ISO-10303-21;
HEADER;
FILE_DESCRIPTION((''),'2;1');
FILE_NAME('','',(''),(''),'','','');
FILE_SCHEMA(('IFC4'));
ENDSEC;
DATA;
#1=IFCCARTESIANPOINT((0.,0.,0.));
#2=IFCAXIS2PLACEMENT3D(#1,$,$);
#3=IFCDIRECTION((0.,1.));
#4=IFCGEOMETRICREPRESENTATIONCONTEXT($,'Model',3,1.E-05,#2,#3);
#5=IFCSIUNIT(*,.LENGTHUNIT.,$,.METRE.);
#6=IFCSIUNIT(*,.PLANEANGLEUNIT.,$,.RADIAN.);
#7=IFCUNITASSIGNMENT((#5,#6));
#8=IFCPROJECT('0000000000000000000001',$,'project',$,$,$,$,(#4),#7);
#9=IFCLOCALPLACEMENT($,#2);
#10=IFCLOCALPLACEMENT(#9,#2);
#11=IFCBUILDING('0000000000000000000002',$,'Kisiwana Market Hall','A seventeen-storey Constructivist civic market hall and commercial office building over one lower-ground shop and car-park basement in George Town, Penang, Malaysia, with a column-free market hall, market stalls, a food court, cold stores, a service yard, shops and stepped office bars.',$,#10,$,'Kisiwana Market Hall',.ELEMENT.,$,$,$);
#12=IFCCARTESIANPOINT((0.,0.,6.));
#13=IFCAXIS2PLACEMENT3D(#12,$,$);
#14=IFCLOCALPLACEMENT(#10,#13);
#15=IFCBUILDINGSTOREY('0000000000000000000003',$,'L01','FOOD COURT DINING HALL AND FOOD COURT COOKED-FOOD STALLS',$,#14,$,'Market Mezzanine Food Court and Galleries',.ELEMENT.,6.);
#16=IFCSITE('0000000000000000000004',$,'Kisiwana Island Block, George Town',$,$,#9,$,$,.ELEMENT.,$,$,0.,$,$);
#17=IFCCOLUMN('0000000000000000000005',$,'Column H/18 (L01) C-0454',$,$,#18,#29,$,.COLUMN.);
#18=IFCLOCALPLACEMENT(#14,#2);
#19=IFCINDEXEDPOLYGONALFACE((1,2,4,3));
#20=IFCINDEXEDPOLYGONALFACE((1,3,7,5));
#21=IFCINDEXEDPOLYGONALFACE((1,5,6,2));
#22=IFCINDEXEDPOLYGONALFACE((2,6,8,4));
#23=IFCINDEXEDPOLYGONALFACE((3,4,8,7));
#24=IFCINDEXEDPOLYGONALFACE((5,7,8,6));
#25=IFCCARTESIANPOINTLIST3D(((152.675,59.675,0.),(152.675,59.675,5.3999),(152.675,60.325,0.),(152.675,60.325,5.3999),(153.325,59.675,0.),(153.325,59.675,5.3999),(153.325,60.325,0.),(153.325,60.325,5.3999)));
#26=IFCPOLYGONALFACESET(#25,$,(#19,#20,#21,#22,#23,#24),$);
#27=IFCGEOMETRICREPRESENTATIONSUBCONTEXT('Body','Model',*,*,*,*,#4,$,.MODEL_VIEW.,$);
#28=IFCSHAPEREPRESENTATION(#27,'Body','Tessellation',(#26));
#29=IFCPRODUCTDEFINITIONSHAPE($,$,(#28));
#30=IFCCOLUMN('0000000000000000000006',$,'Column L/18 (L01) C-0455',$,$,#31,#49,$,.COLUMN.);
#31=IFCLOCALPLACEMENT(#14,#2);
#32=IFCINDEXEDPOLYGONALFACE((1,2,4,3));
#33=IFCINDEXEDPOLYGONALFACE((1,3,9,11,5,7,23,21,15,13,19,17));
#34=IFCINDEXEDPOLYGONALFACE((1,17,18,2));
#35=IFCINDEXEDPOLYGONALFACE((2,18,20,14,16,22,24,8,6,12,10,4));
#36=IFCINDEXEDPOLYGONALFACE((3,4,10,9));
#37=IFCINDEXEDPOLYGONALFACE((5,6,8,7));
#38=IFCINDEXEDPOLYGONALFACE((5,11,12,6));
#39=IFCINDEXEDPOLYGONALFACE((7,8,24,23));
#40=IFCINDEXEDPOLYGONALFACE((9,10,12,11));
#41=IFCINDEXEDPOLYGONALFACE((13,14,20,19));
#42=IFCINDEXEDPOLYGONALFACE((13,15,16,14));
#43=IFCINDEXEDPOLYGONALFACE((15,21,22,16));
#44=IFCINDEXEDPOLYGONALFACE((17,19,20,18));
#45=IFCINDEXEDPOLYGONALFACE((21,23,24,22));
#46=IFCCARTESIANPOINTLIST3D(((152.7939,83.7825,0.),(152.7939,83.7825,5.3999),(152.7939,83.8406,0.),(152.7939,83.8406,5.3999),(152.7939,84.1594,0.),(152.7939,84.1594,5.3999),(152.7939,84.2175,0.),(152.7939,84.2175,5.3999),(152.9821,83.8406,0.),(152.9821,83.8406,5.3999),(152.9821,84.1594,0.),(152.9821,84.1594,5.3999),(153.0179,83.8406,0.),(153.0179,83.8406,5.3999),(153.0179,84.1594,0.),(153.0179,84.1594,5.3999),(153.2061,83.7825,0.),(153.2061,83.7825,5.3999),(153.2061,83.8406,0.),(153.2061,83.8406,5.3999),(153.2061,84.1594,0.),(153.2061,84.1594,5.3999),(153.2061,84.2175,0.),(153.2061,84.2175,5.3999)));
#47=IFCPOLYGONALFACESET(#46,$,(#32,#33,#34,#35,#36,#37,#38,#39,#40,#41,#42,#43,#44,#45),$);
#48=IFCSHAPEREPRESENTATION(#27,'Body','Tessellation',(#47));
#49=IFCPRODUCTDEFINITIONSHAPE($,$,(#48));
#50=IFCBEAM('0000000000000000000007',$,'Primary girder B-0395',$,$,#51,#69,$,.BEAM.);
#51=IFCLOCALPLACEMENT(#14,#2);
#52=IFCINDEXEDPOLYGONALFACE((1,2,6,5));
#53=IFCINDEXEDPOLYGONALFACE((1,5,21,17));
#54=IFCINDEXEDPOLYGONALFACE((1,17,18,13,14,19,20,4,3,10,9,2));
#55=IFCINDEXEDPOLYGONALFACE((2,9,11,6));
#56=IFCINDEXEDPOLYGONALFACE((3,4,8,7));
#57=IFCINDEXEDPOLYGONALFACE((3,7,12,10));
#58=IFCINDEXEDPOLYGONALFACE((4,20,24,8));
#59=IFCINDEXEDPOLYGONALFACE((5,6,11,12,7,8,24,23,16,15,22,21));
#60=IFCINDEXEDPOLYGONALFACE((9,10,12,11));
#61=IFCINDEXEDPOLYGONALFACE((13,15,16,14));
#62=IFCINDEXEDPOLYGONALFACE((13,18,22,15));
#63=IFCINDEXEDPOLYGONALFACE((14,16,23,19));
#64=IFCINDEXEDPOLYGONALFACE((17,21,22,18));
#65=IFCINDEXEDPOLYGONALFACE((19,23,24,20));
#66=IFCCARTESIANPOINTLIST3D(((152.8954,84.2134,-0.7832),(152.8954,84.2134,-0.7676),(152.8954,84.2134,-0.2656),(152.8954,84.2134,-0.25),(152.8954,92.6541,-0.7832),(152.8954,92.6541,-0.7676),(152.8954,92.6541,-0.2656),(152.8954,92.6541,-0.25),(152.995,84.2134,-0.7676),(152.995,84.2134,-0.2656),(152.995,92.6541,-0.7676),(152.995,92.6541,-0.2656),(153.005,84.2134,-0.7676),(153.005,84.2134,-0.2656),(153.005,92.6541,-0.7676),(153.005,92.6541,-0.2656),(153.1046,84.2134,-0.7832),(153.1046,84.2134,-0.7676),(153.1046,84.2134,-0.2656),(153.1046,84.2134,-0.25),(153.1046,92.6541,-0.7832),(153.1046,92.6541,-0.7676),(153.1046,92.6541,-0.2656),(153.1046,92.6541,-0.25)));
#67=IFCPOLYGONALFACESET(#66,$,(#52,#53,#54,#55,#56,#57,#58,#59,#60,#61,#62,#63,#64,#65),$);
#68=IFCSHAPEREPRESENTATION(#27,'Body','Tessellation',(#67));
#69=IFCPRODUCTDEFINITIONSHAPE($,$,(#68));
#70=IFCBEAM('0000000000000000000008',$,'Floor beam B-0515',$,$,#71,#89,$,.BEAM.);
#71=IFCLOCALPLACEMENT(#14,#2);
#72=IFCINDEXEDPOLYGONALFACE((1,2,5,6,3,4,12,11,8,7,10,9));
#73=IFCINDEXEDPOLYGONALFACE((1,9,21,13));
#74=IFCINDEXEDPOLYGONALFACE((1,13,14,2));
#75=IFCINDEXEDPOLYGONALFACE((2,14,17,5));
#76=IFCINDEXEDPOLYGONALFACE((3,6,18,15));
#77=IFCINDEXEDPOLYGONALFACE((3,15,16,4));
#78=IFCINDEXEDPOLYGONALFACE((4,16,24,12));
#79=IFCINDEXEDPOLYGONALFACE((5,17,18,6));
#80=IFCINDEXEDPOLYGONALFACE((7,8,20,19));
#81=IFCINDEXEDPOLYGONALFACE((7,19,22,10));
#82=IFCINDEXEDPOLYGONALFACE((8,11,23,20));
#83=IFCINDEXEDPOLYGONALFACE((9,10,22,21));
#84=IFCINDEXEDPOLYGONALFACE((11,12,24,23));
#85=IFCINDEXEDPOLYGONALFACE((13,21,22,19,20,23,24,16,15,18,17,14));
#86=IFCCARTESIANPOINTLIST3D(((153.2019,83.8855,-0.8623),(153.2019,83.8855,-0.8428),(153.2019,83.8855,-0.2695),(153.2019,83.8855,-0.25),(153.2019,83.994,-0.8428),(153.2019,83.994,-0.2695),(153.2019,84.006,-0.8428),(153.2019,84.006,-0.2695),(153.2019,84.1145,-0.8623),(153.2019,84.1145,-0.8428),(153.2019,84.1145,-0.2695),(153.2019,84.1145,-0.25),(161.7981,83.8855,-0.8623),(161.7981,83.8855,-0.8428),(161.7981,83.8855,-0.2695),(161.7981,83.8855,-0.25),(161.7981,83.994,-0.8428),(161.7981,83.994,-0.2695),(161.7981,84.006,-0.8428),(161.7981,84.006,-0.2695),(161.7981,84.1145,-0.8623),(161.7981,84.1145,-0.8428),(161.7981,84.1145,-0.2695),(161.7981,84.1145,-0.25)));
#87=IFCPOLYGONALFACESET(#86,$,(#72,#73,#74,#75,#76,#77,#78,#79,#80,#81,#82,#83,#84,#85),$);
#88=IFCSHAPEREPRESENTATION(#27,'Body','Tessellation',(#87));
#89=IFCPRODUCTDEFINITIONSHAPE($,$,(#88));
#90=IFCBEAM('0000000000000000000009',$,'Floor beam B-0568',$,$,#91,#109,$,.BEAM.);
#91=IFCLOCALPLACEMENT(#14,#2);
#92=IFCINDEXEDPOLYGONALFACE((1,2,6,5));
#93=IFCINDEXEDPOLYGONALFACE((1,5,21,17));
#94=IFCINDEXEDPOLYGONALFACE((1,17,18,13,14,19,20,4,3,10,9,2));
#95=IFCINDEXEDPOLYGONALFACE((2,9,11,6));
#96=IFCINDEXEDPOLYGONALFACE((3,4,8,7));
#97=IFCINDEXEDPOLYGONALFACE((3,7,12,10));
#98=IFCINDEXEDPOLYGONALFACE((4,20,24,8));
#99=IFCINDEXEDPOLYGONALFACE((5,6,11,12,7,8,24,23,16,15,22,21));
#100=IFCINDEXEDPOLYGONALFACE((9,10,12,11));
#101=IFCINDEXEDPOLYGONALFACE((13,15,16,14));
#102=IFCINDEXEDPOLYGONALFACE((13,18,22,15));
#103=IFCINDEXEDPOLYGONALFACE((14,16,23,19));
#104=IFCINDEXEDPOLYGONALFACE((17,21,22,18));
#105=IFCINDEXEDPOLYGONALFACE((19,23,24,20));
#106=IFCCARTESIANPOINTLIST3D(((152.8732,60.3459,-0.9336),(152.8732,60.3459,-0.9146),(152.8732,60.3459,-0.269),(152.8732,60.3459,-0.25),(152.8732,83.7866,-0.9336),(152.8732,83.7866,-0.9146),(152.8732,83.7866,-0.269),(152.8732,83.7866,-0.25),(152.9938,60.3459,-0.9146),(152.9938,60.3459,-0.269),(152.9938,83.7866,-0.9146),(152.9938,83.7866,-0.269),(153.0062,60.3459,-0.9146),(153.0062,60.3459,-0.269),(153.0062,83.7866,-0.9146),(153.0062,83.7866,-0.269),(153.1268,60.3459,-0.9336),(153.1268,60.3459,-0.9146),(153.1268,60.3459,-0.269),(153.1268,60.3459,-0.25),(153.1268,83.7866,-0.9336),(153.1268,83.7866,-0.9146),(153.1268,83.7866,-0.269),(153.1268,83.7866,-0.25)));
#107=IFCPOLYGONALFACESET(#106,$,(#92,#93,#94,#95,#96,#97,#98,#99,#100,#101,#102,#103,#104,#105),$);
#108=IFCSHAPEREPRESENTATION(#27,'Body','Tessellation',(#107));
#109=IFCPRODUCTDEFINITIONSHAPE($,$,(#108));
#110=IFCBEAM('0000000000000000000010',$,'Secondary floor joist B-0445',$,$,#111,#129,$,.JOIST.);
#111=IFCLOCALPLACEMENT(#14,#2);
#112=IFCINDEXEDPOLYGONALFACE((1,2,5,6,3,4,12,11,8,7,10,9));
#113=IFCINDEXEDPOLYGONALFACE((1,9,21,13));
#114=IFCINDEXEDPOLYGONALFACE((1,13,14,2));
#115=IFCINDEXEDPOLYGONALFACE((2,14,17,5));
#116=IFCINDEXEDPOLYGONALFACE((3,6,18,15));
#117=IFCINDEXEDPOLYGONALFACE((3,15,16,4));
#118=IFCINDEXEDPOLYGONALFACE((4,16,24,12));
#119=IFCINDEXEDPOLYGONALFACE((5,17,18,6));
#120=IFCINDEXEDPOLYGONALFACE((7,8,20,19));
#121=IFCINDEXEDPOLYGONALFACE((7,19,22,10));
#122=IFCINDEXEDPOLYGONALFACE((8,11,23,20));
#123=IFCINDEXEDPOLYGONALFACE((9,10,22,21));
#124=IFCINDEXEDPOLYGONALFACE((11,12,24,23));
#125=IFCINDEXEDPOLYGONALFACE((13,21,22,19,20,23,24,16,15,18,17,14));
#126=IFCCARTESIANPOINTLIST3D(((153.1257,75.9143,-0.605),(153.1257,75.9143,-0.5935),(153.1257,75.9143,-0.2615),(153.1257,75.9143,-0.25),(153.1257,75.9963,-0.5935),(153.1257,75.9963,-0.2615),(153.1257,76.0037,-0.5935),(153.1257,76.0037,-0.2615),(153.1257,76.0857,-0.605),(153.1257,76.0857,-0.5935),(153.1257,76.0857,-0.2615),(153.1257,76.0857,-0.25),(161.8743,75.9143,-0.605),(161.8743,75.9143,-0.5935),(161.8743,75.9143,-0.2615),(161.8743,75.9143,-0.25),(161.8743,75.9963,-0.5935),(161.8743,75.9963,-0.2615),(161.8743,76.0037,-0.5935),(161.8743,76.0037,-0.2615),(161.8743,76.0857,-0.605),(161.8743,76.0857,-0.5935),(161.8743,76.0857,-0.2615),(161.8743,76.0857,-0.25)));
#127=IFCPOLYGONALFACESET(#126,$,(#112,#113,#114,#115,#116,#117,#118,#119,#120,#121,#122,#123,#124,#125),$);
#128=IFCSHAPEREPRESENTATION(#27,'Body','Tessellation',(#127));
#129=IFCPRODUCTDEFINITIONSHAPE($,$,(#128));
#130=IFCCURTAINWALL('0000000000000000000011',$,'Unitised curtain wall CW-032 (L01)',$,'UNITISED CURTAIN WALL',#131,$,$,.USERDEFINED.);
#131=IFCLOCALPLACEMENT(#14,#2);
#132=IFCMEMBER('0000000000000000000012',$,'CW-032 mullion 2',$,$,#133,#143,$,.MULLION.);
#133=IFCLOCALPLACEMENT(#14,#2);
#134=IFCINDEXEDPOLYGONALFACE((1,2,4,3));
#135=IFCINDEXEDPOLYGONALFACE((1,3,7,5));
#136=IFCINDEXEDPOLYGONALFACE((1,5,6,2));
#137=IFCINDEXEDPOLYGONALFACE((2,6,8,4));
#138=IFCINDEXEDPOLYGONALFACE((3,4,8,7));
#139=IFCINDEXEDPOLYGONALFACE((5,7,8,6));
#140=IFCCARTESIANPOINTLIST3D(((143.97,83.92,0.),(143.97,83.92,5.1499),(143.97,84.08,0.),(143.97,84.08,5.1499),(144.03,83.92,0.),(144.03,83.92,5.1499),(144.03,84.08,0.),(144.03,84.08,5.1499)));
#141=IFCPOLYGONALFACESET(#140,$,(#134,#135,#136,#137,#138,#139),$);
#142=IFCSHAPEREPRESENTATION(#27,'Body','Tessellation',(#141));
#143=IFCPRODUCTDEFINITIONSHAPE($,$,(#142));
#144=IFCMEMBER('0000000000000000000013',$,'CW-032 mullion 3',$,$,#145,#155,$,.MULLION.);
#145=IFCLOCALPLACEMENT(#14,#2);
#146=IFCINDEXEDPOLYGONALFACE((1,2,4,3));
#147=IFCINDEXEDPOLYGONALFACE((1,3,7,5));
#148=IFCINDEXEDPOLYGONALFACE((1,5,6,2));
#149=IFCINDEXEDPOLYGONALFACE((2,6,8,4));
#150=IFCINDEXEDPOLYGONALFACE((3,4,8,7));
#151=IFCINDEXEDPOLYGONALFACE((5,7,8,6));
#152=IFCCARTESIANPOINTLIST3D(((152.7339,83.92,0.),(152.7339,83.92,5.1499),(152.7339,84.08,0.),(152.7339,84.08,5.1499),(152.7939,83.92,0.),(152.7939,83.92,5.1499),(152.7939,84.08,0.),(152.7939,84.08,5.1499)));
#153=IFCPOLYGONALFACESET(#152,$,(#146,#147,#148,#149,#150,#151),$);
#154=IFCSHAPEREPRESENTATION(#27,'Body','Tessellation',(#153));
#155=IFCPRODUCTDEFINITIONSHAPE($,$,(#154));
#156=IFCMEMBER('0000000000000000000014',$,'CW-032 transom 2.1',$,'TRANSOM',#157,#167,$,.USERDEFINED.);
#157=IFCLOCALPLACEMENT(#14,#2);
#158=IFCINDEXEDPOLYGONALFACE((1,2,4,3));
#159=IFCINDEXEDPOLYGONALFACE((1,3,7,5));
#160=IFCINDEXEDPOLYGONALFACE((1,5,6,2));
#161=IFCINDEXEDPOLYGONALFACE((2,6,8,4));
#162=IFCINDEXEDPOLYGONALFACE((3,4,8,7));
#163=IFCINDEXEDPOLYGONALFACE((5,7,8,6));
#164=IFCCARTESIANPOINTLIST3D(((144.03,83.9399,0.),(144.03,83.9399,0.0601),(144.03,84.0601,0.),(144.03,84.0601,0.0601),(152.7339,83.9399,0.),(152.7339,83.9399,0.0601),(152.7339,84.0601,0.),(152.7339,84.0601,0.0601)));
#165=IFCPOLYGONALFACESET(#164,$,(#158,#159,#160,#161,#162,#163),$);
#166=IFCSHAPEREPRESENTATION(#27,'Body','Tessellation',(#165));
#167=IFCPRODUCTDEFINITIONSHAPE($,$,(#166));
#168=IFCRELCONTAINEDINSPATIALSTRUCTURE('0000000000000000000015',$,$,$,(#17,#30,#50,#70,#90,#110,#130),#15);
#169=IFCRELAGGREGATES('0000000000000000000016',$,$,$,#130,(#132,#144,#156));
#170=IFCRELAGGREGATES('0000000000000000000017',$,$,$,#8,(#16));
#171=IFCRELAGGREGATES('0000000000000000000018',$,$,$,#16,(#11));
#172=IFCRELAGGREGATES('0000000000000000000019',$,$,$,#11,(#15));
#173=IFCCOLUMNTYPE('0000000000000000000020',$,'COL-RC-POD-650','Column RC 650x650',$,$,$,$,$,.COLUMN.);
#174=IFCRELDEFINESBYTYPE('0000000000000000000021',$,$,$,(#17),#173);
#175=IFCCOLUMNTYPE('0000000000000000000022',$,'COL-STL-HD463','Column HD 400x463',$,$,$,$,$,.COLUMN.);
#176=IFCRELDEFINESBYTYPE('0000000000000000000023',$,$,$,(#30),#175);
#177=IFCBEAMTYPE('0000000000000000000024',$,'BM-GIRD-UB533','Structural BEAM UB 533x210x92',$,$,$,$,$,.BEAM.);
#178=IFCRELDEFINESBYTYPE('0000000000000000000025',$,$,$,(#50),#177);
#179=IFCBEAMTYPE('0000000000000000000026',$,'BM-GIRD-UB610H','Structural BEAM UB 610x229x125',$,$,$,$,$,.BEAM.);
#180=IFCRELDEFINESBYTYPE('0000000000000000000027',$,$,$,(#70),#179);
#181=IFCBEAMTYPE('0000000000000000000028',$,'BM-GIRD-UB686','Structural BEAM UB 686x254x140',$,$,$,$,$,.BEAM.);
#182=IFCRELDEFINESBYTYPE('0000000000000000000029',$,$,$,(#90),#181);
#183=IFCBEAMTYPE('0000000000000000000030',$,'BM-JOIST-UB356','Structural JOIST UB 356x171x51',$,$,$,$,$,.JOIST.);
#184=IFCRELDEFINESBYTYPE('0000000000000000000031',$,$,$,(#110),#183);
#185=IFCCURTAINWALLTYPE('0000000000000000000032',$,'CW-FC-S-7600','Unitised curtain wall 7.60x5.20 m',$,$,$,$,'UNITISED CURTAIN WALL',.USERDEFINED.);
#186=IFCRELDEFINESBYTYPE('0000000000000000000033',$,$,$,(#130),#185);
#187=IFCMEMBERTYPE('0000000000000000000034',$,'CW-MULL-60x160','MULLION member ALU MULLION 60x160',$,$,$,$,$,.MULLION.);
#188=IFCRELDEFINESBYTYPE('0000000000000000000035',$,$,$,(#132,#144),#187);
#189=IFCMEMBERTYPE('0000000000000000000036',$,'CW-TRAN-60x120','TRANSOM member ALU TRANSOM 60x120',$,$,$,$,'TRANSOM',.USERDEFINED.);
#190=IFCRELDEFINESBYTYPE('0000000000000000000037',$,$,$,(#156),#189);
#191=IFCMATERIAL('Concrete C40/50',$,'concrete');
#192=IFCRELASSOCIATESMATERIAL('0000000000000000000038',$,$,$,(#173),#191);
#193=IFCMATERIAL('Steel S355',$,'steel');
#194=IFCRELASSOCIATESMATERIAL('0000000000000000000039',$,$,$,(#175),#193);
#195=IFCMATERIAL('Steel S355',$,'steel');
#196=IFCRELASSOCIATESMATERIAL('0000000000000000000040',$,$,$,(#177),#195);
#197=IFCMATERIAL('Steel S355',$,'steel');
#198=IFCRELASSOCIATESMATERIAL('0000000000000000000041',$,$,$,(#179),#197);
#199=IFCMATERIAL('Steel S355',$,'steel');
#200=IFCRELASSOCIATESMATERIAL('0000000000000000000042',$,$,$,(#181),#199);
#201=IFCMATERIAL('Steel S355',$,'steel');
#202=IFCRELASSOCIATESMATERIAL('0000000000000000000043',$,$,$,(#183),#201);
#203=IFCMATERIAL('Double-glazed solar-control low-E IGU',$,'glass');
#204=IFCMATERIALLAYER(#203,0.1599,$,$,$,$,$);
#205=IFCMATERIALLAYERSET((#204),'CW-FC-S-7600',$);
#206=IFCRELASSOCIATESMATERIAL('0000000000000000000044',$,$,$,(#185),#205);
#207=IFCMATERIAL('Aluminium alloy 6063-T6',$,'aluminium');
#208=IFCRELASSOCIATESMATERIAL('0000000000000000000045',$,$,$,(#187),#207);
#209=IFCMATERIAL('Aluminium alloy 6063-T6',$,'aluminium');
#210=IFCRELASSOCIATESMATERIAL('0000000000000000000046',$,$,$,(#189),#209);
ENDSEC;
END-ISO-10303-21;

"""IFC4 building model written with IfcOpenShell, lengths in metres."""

from ifc_helpers import new_model, si_unit, direction, frame, origin, origin_2d, place, context, subcontext, project, spatial, rectangle, i_section, extrude, material, layer, layer_set, material_profile, profile_set, type_object, element, aggregate, save


model = new_model("IFC4")

# Units and contexts
model_context = context("Model", 3, precision=1e-05, world=origin(), true_north=direction((0.0, 1.0)))
body_context = subcontext(model_context, "Body", "Model", "MODEL_VIEW")
ifc_project = project(units=[si_unit("LENGTHUNIT", "METRE"), si_unit("PLANEANGLEUNIT", "RADIAN")], contexts=[model_context])

# Site, building, storey
site_placement = place(None, origin())
site = spatial("IfcSite", under=ifc_project, at=site_placement, Name="Kisiwana Island Block, George Town", CompositionType="ELEMENT", RefElevation=0.0)
building_placement = place(site_placement, origin())
building = spatial("IfcBuilding", under=site, at=building_placement, Name="Kisiwana Market Hall", Description="A seventeen-storey Constructivist civic market hall and commercial office building over one lower-ground shop and car-park basement in George Town, Penang, Malaysia, with a column-free market hall, market stalls, a food court, cold stores, a service yard, shops and stepped office bars.", LongName="Kisiwana Market Hall", CompositionType="ELEMENT")
storey_placement = place(building_placement, frame((0.0, 0.0, 6.0)))
storey = spatial("IfcBuildingStorey", under=building, at=storey_placement, Name="L01", Description="FOOD COURT DINING HALL AND FOOD COURT COOKED-FOOD STALLS", LongName="Market Mezzanine Food Court and Galleries", CompositionType="ELEMENT", Elevation=6.0)

# Columns
ifc_material_1 = material(Name="Concrete C40/50", Category="concrete")
ifc_material_profile_1 = material_profile(ifc_material_1, rectangle(XDim=0.6499, YDim=0.6499, at=origin_2d()), Name="RC 650x650")
ifc_profile_set_1 = profile_set([ifc_material_profile_1], Name="Concrete C40/50")
column_type_1 = type_object("IfcColumnType", Name="COL-RC-POD-650", Description="Column RC 650x650", PredefinedType="COLUMN", material=ifc_profile_set_1)
column_1_placement = place(storey_placement, frame((153.0, 60.0, 0.0), z_axis=(0.0, 0.0, 1.0), x_axis=(1.0, 0.0, 0.0)))
element("IfcColumn", 1, at=column_1_placement, inside=storey, type_object=column_type_1, Name="Column H/18 (L01) C-0454", PredefinedType="COLUMN", context=body_context, shape_type="SweptSolid", body=[
    extrude(rectangle(XDim=0.6499, YDim=0.6499, at=origin_2d()), origin(), (0.0, 0.0, 1.0), 5.3999),
])
ifc_material_2 = material(Name="Steel S355", Category="steel")
ifc_material_profile_2 = material_profile(ifc_material_2, i_section(OverallWidth=0.4121, OverallDepth=0.4351, WebThickness=0.0359, FlangeThickness=0.0581, at=origin_2d()), Name="HD 400x463")
ifc_profile_set_2 = profile_set([ifc_material_profile_2], Name="Steel S355")
column_type_2 = type_object("IfcColumnType", Name="COL-STL-HD463", Description="Column HD 400x463", PredefinedType="COLUMN", material=ifc_profile_set_2)
column_2_placement = place(storey_placement, frame((153.0, 84.0, 0.0), z_axis=(0.0, 0.0, 1.0), x_axis=(1.0, 0.0, 0.0)))
element("IfcColumn", 2, at=column_2_placement, inside=storey, type_object=column_type_2, Name="Column L/18 (L01) C-0455", PredefinedType="COLUMN", context=body_context, shape_type="SweptSolid", body=[
    extrude(i_section(OverallWidth=0.4121, OverallDepth=0.4351, WebThickness=0.0359, FlangeThickness=0.0581, at=origin_2d()), origin(), (0.0, 0.0, 1.0), 5.3999),
])

# Beams
ifc_material_3 = material(Name="Steel S355", Category="steel")
ifc_material_profile_3 = material_profile(ifc_material_3, i_section(OverallWidth=0.2092, OverallDepth=0.5332, WebThickness=0.01, FlangeThickness=0.0156, at=origin_2d()), Name="UB 533x210x92")
ifc_profile_set_3 = profile_set([ifc_material_profile_3], Name="Steel S355")
beam_type_1 = type_object("IfcBeamType", Name="BM-GIRD-UB533", Description="Structural BEAM UB 533x210x92", PredefinedType="BEAM", material=ifc_profile_set_3)
beam_1_placement = place(storey_placement, frame((153.0, 84.2134, -0.5166), z_axis=(0.0, 1.0, 0.0), x_axis=(-1.0, 0.0, 0.0)))
element("IfcBeam", 3, at=beam_1_placement, inside=storey, type_object=beam_type_1, Name="Primary girder B-0395", PredefinedType="BEAM", context=body_context, shape_type="SweptSolid", body=[
    extrude(i_section(OverallWidth=0.2092, OverallDepth=0.5332, WebThickness=0.01, FlangeThickness=0.0156, at=origin_2d()), origin(), (0.0, 0.0, 1.0), 8.4407),
])
ifc_material_4 = material(Name="Steel S355", Category="steel")
ifc_material_profile_4 = material_profile(ifc_material_4, i_section(OverallWidth=0.229, OverallDepth=0.6123, WebThickness=0.012, FlangeThickness=0.0195, at=origin_2d()), Name="UB 610x229x125")
ifc_profile_set_4 = profile_set([ifc_material_profile_4], Name="Steel S355")
beam_type_2 = type_object("IfcBeamType", Name="BM-GIRD-UB610H", Description="Structural BEAM UB 610x229x125", PredefinedType="BEAM", material=ifc_profile_set_4)
beam_2_placement = place(storey_placement, frame((153.2019, 84.0, -0.5562), z_axis=(1.0, 0.0, 0.0), x_axis=(0.0, 1.0, 0.0)))
element("IfcBeam", 4, at=beam_2_placement, inside=storey, type_object=beam_type_2, Name="Floor beam B-0515", PredefinedType="BEAM", context=body_context, shape_type="SweptSolid", body=[
    extrude(i_section(OverallWidth=0.229, OverallDepth=0.6123, WebThickness=0.012, FlangeThickness=0.0195, at=origin_2d()), origin(), (0.0, 0.0, 1.0), 8.5962),
])
ifc_material_5 = material(Name="Steel S355", Category="steel")
ifc_material_profile_5 = material_profile(ifc_material_5, i_section(OverallWidth=0.2537, OverallDepth=0.6836, WebThickness=0.0125, FlangeThickness=0.019, at=origin_2d()), Name="UB 686x254x140")
ifc_profile_set_5 = profile_set([ifc_material_profile_5], Name="Steel S355")
beam_type_3 = type_object("IfcBeamType", Name="BM-GIRD-UB686", Description="Structural BEAM UB 686x254x140", PredefinedType="BEAM", material=ifc_profile_set_5)
beam_3_placement = place(storey_placement, frame((153.0, 60.3459, -0.5918), z_axis=(0.0, 1.0, 0.0), x_axis=(-1.0, 0.0, 0.0)))
element("IfcBeam", 5, at=beam_3_placement, inside=storey, type_object=beam_type_3, Name="Floor beam B-0568", PredefinedType="BEAM", context=body_context, shape_type="SweptSolid", body=[
    extrude(i_section(OverallWidth=0.2537, OverallDepth=0.6836, WebThickness=0.0125, FlangeThickness=0.019, at=origin_2d()), origin(), (0.0, 0.0, 1.0), 23.4407),
])
ifc_material_6 = material(Name="Steel S355", Category="steel")
ifc_material_profile_6 = material_profile(ifc_material_6, i_section(OverallWidth=0.1714, OverallDepth=0.355, WebThickness=0.0073, FlangeThickness=0.0115, at=origin_2d()), Name="UB 356x171x51")
ifc_profile_set_6 = profile_set([ifc_material_profile_6], Name="Steel S355")
beam_type_4 = type_object("IfcBeamType", Name="BM-JOIST-UB356", Description="Structural JOIST UB 356x171x51", PredefinedType="JOIST", material=ifc_profile_set_6)
beam_4_placement = place(storey_placement, frame((153.1257, 76.0, -0.4275), z_axis=(1.0, 0.0, 0.0), x_axis=(0.0, 1.0, 0.0)))
element("IfcBeam", 6, at=beam_4_placement, inside=storey, type_object=beam_type_4, Name="Secondary floor joist B-0445", PredefinedType="JOIST", context=body_context, shape_type="SweptSolid", body=[
    extrude(i_section(OverallWidth=0.1714, OverallDepth=0.355, WebThickness=0.0073, FlangeThickness=0.0115, at=origin_2d()), origin(), (0.0, 0.0, 1.0), 8.7485),
])

# Curtain wall, members
ifc_material_7 = material(Name="Double-glazed solar-control low-E IGU", Category="glass")
ifc_layer_1 = layer(ifc_material_7, 0.1599)
ifc_layer_set_1 = layer_set([ifc_layer_1], Name="CW-FC-S-7600")
curtain_wall_type = type_object("IfcCurtainWallType", Name="CW-FC-S-7600", Description="Unitised curtain wall 7.60x5.20 m", ElementType="UNITISED CURTAIN WALL", PredefinedType="USERDEFINED", material=ifc_layer_set_1)
curtain_wall_placement = place(storey_placement, origin())
curtain_wall = element("IfcCurtainWall", 7, at=curtain_wall_placement, inside=storey, type_object=curtain_wall_type, Name="Unitised curtain wall CW-032 (L01)", ObjectType="UNITISED CURTAIN WALL", PredefinedType="USERDEFINED")
ifc_material_8 = material(Name="Aluminium alloy 6063-T6", Category="aluminium")
ifc_material_profile_7 = material_profile(ifc_material_8, rectangle(XDim=0.0601, YDim=0.1599, at=origin_2d()), Name="ALU MULLION 60x160")
ifc_profile_set_7 = profile_set([ifc_material_profile_7], Name="Aluminium alloy 6063-T6")
member_type_1 = type_object("IfcMemberType", Name="CW-MULL-60x160", Description="MULLION member ALU MULLION 60x160", PredefinedType="MULLION", material=ifc_profile_set_7)
member_1_placement = place(storey_placement, frame((144.0, 84.0, 0.0), z_axis=(0.0, 0.0, 1.0), x_axis=(1.0, 0.0, 0.0)))
member_1 = element("IfcMember", 8, at=member_1_placement, type_object=member_type_1, Name="CW-032 mullion 2", PredefinedType="MULLION", context=body_context, shape_type="SweptSolid", body=[
    extrude(rectangle(XDim=0.0601, YDim=0.1599, at=origin_2d()), origin(), (0.0, 0.0, 1.0), 5.1499),
])
member_2_placement = place(storey_placement, frame((152.7639, 84.0, 0.0), z_axis=(0.0, 0.0, 1.0), x_axis=(1.0, 0.0, 0.0)))
member_2 = element("IfcMember", 9, at=member_2_placement, type_object=member_type_1, Name="CW-032 mullion 3", PredefinedType="MULLION", context=body_context, shape_type="SweptSolid", body=[
    extrude(rectangle(XDim=0.0601, YDim=0.1599, at=origin_2d()), origin(), (0.0, 0.0, 1.0), 5.1499),
])
ifc_material_9 = material(Name="Aluminium alloy 6063-T6", Category="aluminium")
ifc_material_profile_8 = material_profile(ifc_material_9, rectangle(XDim=0.1201, YDim=0.0601, at=origin_2d()), Name="ALU TRANSOM 60x120")
ifc_profile_set_8 = profile_set([ifc_material_profile_8], Name="Aluminium alloy 6063-T6")
member_type_2 = type_object("IfcMemberType", Name="CW-TRAN-60x120", Description="TRANSOM member ALU TRANSOM 60x120", ElementType="TRANSOM", PredefinedType="USERDEFINED", material=ifc_profile_set_8)
member_3_placement = place(storey_placement, frame((144.03, 84.0, 0.03), z_axis=(1.0, 0.0, 0.0), x_axis=(0.0, 1.0, 0.0)))
member_3 = element("IfcMember", 10, at=member_3_placement, type_object=member_type_2, Name="CW-032 transom 2.1", ObjectType="TRANSOM", PredefinedType="USERDEFINED", context=body_context, shape_type="SweptSolid", body=[
    extrude(rectangle(XDim=0.1201, YDim=0.0601, at=origin_2d()), origin(), (0.0, 0.0, 1.0), 8.7039),
])
aggregate(curtain_wall, [member_1, member_2, member_3])

save(model, "model.ifc")
